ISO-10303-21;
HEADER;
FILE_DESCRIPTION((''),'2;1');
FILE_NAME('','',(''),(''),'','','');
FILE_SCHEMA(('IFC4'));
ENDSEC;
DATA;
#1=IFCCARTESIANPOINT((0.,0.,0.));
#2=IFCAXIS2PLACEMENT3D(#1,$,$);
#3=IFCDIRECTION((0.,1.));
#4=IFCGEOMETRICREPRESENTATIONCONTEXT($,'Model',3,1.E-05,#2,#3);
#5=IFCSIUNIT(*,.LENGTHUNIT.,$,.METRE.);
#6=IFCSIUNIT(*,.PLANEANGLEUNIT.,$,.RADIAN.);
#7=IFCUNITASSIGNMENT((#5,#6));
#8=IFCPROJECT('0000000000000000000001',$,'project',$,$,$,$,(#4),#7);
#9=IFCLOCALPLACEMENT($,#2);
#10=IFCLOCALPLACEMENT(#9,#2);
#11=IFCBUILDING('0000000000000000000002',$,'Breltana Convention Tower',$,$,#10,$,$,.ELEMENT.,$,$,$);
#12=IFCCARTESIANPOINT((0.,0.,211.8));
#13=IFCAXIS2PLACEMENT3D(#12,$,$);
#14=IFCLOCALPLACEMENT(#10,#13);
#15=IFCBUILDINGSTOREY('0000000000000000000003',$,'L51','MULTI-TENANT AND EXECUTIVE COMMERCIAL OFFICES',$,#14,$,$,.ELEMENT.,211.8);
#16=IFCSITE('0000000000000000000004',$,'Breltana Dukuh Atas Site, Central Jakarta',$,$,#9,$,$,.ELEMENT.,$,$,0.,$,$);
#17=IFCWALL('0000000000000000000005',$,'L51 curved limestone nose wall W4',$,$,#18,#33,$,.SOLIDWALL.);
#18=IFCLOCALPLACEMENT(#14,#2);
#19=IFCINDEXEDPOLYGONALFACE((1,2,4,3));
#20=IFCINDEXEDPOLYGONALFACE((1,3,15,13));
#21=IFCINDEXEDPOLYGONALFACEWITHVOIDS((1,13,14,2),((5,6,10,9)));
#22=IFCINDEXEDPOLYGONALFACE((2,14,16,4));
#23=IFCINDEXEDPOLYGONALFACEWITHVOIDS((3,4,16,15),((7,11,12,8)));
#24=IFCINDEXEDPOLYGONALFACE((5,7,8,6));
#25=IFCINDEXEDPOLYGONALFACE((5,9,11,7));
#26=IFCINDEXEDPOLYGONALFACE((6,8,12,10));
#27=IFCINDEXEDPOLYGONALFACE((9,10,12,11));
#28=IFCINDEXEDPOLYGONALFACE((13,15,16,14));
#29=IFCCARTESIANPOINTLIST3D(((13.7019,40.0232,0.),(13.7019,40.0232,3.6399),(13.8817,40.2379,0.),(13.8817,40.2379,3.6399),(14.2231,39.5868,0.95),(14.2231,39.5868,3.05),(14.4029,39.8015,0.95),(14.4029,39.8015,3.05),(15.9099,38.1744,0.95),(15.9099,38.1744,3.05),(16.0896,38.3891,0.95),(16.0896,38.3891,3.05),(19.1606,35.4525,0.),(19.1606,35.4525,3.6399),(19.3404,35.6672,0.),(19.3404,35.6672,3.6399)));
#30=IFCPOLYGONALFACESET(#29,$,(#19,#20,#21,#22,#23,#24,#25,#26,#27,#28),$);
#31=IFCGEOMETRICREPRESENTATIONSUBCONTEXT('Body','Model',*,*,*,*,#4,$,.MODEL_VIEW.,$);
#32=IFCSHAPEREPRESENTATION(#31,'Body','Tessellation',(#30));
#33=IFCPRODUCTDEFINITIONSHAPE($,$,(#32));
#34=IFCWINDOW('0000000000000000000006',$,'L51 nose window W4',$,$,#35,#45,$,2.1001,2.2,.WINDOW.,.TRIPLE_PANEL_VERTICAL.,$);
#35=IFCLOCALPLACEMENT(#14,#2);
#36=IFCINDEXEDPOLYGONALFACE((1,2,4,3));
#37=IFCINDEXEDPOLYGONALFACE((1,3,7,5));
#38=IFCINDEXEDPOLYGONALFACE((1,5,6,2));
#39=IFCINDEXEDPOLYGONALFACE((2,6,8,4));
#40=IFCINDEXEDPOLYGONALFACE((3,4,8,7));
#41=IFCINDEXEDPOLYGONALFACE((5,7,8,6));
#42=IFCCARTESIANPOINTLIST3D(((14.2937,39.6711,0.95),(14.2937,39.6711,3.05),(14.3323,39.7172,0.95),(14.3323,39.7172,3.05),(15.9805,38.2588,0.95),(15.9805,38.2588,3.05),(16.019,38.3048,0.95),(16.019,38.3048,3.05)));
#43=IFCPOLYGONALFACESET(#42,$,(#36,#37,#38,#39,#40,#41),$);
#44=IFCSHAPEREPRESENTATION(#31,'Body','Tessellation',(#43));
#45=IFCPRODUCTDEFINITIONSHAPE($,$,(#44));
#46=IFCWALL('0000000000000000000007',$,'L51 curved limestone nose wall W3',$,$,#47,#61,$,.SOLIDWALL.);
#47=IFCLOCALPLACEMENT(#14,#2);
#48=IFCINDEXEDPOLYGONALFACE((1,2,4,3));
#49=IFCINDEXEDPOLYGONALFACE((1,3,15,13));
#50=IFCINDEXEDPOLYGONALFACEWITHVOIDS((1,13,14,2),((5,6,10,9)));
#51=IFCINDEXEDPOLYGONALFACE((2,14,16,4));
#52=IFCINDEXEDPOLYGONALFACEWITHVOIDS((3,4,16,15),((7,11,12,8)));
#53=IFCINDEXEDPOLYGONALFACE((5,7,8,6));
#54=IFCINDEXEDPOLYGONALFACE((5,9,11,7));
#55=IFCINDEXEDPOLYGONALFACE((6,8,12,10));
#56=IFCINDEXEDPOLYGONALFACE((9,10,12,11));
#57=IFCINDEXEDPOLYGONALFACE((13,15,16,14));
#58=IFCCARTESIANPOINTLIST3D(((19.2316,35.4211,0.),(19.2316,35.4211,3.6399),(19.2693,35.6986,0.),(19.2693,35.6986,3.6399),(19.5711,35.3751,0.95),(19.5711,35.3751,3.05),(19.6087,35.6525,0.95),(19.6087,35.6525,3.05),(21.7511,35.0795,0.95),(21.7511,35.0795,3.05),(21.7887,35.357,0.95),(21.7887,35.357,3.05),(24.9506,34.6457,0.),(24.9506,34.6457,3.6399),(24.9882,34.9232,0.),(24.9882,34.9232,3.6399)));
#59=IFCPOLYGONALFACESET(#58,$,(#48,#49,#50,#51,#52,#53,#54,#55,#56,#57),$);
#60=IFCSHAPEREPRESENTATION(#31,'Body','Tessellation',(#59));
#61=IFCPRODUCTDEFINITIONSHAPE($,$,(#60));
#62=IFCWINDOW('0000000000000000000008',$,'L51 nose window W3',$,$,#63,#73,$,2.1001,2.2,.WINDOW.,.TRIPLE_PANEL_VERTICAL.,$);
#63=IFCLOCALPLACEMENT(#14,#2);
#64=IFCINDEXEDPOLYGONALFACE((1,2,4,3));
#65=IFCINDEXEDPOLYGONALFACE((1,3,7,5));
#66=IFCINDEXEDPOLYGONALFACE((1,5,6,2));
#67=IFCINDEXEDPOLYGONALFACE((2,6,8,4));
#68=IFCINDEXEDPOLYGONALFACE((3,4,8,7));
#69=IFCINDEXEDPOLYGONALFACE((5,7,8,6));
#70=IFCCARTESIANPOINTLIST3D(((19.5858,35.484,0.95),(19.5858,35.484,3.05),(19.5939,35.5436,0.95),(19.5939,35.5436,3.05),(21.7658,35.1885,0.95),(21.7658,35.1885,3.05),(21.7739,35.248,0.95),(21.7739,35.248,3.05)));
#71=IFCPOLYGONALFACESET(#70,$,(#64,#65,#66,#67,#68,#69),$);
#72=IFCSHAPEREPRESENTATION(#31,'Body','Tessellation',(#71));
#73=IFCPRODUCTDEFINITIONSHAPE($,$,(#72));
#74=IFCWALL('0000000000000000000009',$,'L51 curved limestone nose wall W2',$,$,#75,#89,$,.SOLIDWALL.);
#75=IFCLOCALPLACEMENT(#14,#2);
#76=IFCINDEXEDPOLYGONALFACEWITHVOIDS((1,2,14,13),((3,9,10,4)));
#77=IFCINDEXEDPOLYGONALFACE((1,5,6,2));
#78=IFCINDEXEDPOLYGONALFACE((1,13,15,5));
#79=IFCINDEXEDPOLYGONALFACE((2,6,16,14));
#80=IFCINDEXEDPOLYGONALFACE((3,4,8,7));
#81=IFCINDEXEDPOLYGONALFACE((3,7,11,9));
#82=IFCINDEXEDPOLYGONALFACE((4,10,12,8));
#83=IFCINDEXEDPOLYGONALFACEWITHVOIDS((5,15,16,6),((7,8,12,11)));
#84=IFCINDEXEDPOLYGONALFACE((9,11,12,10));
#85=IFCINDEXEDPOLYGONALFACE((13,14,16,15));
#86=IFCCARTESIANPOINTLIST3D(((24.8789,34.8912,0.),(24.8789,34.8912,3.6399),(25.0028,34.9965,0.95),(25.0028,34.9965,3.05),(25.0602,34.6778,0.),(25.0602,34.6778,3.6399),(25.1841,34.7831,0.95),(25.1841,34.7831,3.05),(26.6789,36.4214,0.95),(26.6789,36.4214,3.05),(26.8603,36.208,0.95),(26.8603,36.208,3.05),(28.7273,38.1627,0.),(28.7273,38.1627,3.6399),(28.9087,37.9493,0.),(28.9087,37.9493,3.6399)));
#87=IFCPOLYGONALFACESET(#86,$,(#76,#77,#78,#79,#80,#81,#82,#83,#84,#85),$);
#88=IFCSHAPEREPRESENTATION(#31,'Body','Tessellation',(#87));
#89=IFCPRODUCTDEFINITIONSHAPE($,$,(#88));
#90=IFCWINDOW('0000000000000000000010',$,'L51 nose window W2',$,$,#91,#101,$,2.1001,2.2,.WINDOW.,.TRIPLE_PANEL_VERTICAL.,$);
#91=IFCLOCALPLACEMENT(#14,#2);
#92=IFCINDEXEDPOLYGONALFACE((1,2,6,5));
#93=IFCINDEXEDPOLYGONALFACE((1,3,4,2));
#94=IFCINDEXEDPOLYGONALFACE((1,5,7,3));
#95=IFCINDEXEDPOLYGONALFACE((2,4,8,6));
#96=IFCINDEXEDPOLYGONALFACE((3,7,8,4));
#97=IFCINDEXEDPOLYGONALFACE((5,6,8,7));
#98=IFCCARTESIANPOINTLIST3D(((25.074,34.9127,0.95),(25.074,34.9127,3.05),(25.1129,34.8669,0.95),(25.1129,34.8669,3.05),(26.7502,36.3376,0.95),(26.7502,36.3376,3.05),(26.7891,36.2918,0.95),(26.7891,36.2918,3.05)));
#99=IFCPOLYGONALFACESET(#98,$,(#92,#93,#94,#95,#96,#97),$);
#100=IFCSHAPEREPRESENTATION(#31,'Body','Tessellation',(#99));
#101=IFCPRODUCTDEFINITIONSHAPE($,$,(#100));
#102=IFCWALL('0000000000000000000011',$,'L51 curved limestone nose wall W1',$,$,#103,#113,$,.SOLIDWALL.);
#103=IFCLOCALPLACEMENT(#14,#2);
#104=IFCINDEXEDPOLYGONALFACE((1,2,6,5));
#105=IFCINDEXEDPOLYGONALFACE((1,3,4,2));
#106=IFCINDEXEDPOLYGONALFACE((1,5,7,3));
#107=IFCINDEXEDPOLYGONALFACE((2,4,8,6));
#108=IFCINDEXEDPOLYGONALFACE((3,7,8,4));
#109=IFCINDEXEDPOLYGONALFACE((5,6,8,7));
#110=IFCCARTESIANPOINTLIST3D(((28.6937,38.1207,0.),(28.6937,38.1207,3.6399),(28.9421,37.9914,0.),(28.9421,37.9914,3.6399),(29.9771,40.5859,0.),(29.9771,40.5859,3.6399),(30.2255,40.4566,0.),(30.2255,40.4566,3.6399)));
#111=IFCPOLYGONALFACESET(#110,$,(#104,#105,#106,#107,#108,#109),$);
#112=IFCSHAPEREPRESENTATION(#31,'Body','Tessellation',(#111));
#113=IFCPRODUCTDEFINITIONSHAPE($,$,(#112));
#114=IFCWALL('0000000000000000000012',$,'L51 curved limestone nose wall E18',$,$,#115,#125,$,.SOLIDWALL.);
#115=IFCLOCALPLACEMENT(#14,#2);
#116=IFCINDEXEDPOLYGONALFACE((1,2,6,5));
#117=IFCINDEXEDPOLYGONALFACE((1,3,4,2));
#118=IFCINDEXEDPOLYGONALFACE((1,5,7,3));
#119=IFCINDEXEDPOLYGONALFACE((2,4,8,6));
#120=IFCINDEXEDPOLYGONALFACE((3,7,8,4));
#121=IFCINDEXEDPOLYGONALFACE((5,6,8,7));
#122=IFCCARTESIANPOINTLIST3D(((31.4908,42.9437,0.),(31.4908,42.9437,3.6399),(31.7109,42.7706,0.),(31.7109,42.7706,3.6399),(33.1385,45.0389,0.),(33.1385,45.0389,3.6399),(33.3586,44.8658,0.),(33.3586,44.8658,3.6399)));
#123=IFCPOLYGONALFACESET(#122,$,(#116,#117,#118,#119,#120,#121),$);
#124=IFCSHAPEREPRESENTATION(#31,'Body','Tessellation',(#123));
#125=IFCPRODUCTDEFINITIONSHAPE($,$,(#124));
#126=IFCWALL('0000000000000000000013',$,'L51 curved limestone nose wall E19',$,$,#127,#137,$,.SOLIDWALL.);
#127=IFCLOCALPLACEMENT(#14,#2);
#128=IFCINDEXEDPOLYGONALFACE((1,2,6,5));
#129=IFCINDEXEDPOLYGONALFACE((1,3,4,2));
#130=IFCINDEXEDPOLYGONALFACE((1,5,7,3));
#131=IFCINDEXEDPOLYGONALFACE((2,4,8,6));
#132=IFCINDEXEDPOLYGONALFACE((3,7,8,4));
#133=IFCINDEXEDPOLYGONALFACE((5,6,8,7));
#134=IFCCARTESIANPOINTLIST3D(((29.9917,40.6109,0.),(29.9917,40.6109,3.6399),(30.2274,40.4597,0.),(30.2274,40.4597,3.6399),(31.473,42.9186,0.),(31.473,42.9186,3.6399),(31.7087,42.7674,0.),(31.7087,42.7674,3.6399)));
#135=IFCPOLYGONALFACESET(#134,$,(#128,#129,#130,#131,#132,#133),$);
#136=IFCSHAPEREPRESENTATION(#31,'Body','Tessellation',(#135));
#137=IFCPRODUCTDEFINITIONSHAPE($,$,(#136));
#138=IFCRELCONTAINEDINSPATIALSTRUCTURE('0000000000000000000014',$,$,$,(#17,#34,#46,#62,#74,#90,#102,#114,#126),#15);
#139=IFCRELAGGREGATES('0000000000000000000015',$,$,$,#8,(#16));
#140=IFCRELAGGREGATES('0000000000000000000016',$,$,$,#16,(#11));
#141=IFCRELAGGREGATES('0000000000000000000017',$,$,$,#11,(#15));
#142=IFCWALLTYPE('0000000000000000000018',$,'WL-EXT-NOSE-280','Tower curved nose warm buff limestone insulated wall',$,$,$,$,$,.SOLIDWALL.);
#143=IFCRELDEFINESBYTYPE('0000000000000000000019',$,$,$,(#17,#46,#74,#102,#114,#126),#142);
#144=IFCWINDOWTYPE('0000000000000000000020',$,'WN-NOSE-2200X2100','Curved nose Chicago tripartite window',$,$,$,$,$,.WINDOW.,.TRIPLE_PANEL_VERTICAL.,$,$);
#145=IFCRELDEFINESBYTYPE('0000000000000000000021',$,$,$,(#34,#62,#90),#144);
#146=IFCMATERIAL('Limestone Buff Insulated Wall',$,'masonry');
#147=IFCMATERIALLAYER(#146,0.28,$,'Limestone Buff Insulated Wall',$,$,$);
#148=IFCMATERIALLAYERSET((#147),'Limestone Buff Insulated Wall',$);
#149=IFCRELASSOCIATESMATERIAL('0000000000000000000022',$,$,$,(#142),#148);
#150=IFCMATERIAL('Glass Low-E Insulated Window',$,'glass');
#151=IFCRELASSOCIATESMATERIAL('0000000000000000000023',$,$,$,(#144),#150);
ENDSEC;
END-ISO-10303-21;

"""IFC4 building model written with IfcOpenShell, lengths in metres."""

from ifc_helpers import new_model, si_unit, direction, frame, frame_2d, origin, place, context, subcontext, project, spatial, rectangle, extrude, source, transform, mapped, material, layer, layer_set, type_object, type_shapes, element, fill, save


model = new_model("IFC4")

# Units and contexts
model_context = context("Model", 3, precision=1e-05, world=origin(), true_north=direction((0.0, 1.0)))
body_context = subcontext(model_context, "Body", "Model", "MODEL_VIEW")
ifc_project = project(units=[si_unit("LENGTHUNIT", "METRE"), si_unit("PLANEANGLEUNIT", "RADIAN")], contexts=[model_context])

# Site, building, storey
site_placement = place(None, origin())
site = spatial("IfcSite", under=ifc_project, at=site_placement, Name="Breltana Dukuh Atas Site, Central Jakarta", CompositionType="ELEMENT", RefElevation=0.0)
building_placement = place(site_placement, origin())
building = spatial("IfcBuilding", under=site, at=building_placement, Name="Breltana Convention Tower", CompositionType="ELEMENT")
storey_placement = place(building_placement, frame((0.0, 0.0, 211.8)))
storey = spatial("IfcBuildingStorey", under=building, at=storey_placement, Name="L51", Description="MULTI-TENANT AND EXECUTIVE COMMERCIAL OFFICES", CompositionType="ELEMENT", Elevation=211.8)

# Walls, openings, windows
ifc_material_1 = material(Name="Limestone Buff Insulated Wall", Category="masonry")
ifc_layer_1 = layer(ifc_material_1, 0.28, Name="Limestone Buff Insulated Wall")
ifc_layer_set_1 = layer_set([ifc_layer_1], Name="Limestone Buff Insulated Wall")
wall_type = type_object("IfcWallType", Name="WL-EXT-NOSE-280", Description="Tower curved nose warm buff limestone insulated wall", PredefinedType="SOLIDWALL", material=ifc_layer_set_1)
ifc_material_2 = material(Name="Glass Low-E Insulated Window", Category="glass")
window_type = type_object("IfcWindowType", Name="WN-NOSE-2200X2100", Description="Curved nose Chicago tripartite window", PartitioningType="TRIPLE_PANEL_VERTICAL", PredefinedType="WINDOW", material=ifc_material_2)
shared_shape_1 = source(origin(), body_context, "Body", "SweptSolid", [
    extrude(rectangle(XDim=2.2, YDim=2.1001, at=frame_2d((1.1001, 1.05))), frame((0.0, 0.03, 0.0), z_axis=(0.0, -1.0, 0.0), x_axis=(1.0, 0.0, 0.0)), (0.0, 0.0, 1.0), 0.0601),
])
type_shapes(window_type, [shared_shape_1])
shared_shape_2 = source(origin(), body_context, "Body", "SweptSolid", [
    extrude(rectangle(XDim=7.1196, YDim=0.28, at=frame_2d((3.5598, 0.0))), origin(), (0.0, 0.0, 1.0), 3.6399),
])
wall_1_placement = place(storey_placement, frame((19.2505, 35.5598, 0.0), z_axis=(0.0, 0.0, 1.0), x_axis=(-0.76671, 0.641994, 0.0)))
wall_1 = element("IfcWall", 1, at=wall_1_placement, inside=storey, type_object=wall_type, Name="L51 curved limestone nose wall W4", PredefinedType="SOLIDWALL", context=body_context, shape_type="MappedRepresentation", body=[
    mapped(shared_shape_2, transform((0.0, 0.0, 0.0), scale=1.0)),
])
opening_1_placement = place(wall_1_placement, frame((4.2397, 0.0, 0.95)))
opening_1 = element("IfcOpeningElement", 2, at=opening_1_placement, cuts=wall_1, PredefinedType="OPENING", context=body_context, shape_type="SweptSolid", body=[
    extrude(rectangle(XDim=2.2, YDim=2.1001, at=frame_2d((1.1001, 1.05))), frame((0.0, 0.1499, 0.0), z_axis=(0.0, -1.0, 0.0), x_axis=(1.0, 0.0, 0.0)), (0.0, 0.0, 1.0), 0.3),
])
window_1_placement = place(opening_1_placement, origin())
window_1 = element("IfcWindow", 3, at=window_1_placement, inside=storey, type_object=window_type, Name="L51 nose window W4", OverallHeight=2.1001, OverallWidth=2.2, PartitioningType="TRIPLE_PANEL_VERTICAL", PredefinedType="WINDOW", context=body_context, shape_type="MappedRepresentation", body=[
    mapped(shared_shape_1, transform((0.0, 0.0, 0.0), scale=1.0)),
])
fill(opening_1, window_1)
shared_shape_3 = source(origin(), body_context, "Body", "SweptSolid", [
    extrude(rectangle(XDim=5.7712, YDim=0.28, at=frame_2d((2.8857, 0.0))), origin(), (0.0, 0.0, 1.0), 3.6399),
])
wall_2_placement = place(storey_placement, frame((24.9695, 34.7844, 0.0), z_axis=(0.0, 0.0, 1.0), x_axis=(-0.990934, 0.134352, 0.0)))
wall_2 = element("IfcWall", 4, at=wall_2_placement, inside=storey, type_object=wall_type, Name="L51 curved limestone nose wall W3", PredefinedType="SOLIDWALL", context=body_context, shape_type="MappedRepresentation", body=[
    mapped(shared_shape_3, transform((0.0, 0.0, 0.0), scale=1.0)),
])
opening_2_placement = place(wall_2_placement, frame((3.2288, 0.0, 0.95)))
opening_2 = element("IfcOpeningElement", 5, at=opening_2_placement, cuts=wall_2, PredefinedType="OPENING", context=body_context, shape_type="SweptSolid", body=[
    extrude(rectangle(XDim=2.2, YDim=2.1001, at=frame_2d((1.1001, 1.05))), frame((0.0, 0.1499, 0.0), z_axis=(0.0, -1.0, 0.0), x_axis=(1.0, 0.0, 0.0)), (0.0, 0.0, 1.0), 0.3),
])
window_2_placement = place(opening_2_placement, origin())
window_2 = element("IfcWindow", 6, at=window_2_placement, inside=storey, type_object=window_type, Name="L51 nose window W3", OverallHeight=2.1001, OverallWidth=2.2, PartitioningType="TRIPLE_PANEL_VERTICAL", PredefinedType="WINDOW", context=body_context, shape_type="MappedRepresentation", body=[
    mapped(shared_shape_1, transform((0.0, 0.0, 0.0), scale=1.0)),
])
fill(opening_2, window_2)
shared_shape_4 = source(origin(), body_context, "Body", "SweptSolid", [
    extrude(rectangle(XDim=5.051, YDim=0.28, at=frame_2d((2.5254, 0.0))), origin(), (0.0, 0.0, 1.0), 3.6399),
])
wall_3_placement = place(storey_placement, frame((28.8179, 38.0559, 0.0), z_axis=(0.0, 0.0, 1.0), x_axis=(-0.761905, -0.647689, 0.0)))
wall_3 = element("IfcWall", 7, at=wall_3_placement, inside=storey, type_object=wall_type, Name="L51 curved limestone nose wall W2", PredefinedType="SOLIDWALL", context=body_context, shape_type="MappedRepresentation", body=[
    mapped(shared_shape_4, transform((0.0, 0.0, 0.0), scale=1.0)),
])
opening_3_placement = place(wall_3_placement, frame((2.6882, 0.0, 0.95)))
opening_3 = element("IfcOpeningElement", 8, at=opening_3_placement, cuts=wall_3, PredefinedType="OPENING", context=body_context, shape_type="SweptSolid", body=[
    extrude(rectangle(XDim=2.2, YDim=2.1001, at=frame_2d((1.1001, 1.05))), frame((0.0, 0.1499, 0.0), z_axis=(0.0, -1.0, 0.0), x_axis=(1.0, 0.0, 0.0)), (0.0, 0.0, 1.0), 0.3),
])
window_3_placement = place(opening_3_placement, origin())
window_3 = element("IfcWindow", 9, at=window_3_placement, inside=storey, type_object=window_type, Name="L51 nose window W2", OverallHeight=2.1001, OverallWidth=2.2, PartitioningType="TRIPLE_PANEL_VERTICAL", PredefinedType="WINDOW", context=body_context, shape_type="MappedRepresentation", body=[
    mapped(shared_shape_1, transform((0.0, 0.0, 0.0), scale=1.0)),
])
fill(opening_3, window_3)

# Walls
shared_shape_5 = source(origin(), body_context, "Body", "SweptSolid", [
    extrude(rectangle(XDim=2.7793, YDim=0.28, at=frame_2d((1.3896, 0.0))), origin(), (0.0, 0.0, 1.0), 3.6399),
])
wall_4_placement = place(storey_placement, frame((30.1013, 40.5212, 0.0), z_axis=(0.0, 0.0, 1.0), x_axis=(-0.46177, -0.887, 0.0)))
element("IfcWall", 10, at=wall_4_placement, inside=storey, type_object=wall_type, Name="L51 curved limestone nose wall W1", PredefinedType="SOLIDWALL", context=body_context, shape_type="MappedRepresentation", body=[
    mapped(shared_shape_5, transform((0.0, 0.0, 0.0), scale=1.0)),
])
shared_shape_6 = source(origin(), body_context, "Body", "SweptSolid", [
    extrude(rectangle(XDim=2.6655, YDim=0.28, at=frame_2d((1.3328, 0.0))), origin(), (0.0, 0.0, 1.0), 3.6399),
])
wall_5_placement = place(storey_placement, frame((33.2485, 44.9524, 0.0), z_axis=(0.0, 0.0, 1.0), x_axis=(-0.618161, -0.786051, 0.0)))
element("IfcWall", 11, at=wall_5_placement, inside=storey, type_object=wall_type, Name="L51 curved limestone nose wall E18", PredefinedType="SOLIDWALL", context=body_context, shape_type="MappedRepresentation", body=[
    mapped(shared_shape_6, transform((0.0, 0.0, 0.0), scale=1.0)),
])
shared_shape_7 = source(origin(), body_context, "Body", "SweptSolid", [
    extrude(rectangle(XDim=2.7422, YDim=0.28, at=frame_2d((1.3711, 0.0))), origin(), (0.0, 0.0, 1.0), 3.6399),
])
wall_6_placement = place(storey_placement, frame((31.5908, 42.843, 0.0), z_axis=(0.0, 0.0, 1.0), x_axis=(-0.540172, -0.841554, 0.0)))
element("IfcWall", 12, at=wall_6_placement, inside=storey, type_object=wall_type, Name="L51 curved limestone nose wall E19", PredefinedType="SOLIDWALL", context=body_context, shape_type="MappedRepresentation", body=[
    mapped(shared_shape_7, transform((0.0, 0.0, 0.0), scale=1.0)),
])

save(model, "model.ifc")
